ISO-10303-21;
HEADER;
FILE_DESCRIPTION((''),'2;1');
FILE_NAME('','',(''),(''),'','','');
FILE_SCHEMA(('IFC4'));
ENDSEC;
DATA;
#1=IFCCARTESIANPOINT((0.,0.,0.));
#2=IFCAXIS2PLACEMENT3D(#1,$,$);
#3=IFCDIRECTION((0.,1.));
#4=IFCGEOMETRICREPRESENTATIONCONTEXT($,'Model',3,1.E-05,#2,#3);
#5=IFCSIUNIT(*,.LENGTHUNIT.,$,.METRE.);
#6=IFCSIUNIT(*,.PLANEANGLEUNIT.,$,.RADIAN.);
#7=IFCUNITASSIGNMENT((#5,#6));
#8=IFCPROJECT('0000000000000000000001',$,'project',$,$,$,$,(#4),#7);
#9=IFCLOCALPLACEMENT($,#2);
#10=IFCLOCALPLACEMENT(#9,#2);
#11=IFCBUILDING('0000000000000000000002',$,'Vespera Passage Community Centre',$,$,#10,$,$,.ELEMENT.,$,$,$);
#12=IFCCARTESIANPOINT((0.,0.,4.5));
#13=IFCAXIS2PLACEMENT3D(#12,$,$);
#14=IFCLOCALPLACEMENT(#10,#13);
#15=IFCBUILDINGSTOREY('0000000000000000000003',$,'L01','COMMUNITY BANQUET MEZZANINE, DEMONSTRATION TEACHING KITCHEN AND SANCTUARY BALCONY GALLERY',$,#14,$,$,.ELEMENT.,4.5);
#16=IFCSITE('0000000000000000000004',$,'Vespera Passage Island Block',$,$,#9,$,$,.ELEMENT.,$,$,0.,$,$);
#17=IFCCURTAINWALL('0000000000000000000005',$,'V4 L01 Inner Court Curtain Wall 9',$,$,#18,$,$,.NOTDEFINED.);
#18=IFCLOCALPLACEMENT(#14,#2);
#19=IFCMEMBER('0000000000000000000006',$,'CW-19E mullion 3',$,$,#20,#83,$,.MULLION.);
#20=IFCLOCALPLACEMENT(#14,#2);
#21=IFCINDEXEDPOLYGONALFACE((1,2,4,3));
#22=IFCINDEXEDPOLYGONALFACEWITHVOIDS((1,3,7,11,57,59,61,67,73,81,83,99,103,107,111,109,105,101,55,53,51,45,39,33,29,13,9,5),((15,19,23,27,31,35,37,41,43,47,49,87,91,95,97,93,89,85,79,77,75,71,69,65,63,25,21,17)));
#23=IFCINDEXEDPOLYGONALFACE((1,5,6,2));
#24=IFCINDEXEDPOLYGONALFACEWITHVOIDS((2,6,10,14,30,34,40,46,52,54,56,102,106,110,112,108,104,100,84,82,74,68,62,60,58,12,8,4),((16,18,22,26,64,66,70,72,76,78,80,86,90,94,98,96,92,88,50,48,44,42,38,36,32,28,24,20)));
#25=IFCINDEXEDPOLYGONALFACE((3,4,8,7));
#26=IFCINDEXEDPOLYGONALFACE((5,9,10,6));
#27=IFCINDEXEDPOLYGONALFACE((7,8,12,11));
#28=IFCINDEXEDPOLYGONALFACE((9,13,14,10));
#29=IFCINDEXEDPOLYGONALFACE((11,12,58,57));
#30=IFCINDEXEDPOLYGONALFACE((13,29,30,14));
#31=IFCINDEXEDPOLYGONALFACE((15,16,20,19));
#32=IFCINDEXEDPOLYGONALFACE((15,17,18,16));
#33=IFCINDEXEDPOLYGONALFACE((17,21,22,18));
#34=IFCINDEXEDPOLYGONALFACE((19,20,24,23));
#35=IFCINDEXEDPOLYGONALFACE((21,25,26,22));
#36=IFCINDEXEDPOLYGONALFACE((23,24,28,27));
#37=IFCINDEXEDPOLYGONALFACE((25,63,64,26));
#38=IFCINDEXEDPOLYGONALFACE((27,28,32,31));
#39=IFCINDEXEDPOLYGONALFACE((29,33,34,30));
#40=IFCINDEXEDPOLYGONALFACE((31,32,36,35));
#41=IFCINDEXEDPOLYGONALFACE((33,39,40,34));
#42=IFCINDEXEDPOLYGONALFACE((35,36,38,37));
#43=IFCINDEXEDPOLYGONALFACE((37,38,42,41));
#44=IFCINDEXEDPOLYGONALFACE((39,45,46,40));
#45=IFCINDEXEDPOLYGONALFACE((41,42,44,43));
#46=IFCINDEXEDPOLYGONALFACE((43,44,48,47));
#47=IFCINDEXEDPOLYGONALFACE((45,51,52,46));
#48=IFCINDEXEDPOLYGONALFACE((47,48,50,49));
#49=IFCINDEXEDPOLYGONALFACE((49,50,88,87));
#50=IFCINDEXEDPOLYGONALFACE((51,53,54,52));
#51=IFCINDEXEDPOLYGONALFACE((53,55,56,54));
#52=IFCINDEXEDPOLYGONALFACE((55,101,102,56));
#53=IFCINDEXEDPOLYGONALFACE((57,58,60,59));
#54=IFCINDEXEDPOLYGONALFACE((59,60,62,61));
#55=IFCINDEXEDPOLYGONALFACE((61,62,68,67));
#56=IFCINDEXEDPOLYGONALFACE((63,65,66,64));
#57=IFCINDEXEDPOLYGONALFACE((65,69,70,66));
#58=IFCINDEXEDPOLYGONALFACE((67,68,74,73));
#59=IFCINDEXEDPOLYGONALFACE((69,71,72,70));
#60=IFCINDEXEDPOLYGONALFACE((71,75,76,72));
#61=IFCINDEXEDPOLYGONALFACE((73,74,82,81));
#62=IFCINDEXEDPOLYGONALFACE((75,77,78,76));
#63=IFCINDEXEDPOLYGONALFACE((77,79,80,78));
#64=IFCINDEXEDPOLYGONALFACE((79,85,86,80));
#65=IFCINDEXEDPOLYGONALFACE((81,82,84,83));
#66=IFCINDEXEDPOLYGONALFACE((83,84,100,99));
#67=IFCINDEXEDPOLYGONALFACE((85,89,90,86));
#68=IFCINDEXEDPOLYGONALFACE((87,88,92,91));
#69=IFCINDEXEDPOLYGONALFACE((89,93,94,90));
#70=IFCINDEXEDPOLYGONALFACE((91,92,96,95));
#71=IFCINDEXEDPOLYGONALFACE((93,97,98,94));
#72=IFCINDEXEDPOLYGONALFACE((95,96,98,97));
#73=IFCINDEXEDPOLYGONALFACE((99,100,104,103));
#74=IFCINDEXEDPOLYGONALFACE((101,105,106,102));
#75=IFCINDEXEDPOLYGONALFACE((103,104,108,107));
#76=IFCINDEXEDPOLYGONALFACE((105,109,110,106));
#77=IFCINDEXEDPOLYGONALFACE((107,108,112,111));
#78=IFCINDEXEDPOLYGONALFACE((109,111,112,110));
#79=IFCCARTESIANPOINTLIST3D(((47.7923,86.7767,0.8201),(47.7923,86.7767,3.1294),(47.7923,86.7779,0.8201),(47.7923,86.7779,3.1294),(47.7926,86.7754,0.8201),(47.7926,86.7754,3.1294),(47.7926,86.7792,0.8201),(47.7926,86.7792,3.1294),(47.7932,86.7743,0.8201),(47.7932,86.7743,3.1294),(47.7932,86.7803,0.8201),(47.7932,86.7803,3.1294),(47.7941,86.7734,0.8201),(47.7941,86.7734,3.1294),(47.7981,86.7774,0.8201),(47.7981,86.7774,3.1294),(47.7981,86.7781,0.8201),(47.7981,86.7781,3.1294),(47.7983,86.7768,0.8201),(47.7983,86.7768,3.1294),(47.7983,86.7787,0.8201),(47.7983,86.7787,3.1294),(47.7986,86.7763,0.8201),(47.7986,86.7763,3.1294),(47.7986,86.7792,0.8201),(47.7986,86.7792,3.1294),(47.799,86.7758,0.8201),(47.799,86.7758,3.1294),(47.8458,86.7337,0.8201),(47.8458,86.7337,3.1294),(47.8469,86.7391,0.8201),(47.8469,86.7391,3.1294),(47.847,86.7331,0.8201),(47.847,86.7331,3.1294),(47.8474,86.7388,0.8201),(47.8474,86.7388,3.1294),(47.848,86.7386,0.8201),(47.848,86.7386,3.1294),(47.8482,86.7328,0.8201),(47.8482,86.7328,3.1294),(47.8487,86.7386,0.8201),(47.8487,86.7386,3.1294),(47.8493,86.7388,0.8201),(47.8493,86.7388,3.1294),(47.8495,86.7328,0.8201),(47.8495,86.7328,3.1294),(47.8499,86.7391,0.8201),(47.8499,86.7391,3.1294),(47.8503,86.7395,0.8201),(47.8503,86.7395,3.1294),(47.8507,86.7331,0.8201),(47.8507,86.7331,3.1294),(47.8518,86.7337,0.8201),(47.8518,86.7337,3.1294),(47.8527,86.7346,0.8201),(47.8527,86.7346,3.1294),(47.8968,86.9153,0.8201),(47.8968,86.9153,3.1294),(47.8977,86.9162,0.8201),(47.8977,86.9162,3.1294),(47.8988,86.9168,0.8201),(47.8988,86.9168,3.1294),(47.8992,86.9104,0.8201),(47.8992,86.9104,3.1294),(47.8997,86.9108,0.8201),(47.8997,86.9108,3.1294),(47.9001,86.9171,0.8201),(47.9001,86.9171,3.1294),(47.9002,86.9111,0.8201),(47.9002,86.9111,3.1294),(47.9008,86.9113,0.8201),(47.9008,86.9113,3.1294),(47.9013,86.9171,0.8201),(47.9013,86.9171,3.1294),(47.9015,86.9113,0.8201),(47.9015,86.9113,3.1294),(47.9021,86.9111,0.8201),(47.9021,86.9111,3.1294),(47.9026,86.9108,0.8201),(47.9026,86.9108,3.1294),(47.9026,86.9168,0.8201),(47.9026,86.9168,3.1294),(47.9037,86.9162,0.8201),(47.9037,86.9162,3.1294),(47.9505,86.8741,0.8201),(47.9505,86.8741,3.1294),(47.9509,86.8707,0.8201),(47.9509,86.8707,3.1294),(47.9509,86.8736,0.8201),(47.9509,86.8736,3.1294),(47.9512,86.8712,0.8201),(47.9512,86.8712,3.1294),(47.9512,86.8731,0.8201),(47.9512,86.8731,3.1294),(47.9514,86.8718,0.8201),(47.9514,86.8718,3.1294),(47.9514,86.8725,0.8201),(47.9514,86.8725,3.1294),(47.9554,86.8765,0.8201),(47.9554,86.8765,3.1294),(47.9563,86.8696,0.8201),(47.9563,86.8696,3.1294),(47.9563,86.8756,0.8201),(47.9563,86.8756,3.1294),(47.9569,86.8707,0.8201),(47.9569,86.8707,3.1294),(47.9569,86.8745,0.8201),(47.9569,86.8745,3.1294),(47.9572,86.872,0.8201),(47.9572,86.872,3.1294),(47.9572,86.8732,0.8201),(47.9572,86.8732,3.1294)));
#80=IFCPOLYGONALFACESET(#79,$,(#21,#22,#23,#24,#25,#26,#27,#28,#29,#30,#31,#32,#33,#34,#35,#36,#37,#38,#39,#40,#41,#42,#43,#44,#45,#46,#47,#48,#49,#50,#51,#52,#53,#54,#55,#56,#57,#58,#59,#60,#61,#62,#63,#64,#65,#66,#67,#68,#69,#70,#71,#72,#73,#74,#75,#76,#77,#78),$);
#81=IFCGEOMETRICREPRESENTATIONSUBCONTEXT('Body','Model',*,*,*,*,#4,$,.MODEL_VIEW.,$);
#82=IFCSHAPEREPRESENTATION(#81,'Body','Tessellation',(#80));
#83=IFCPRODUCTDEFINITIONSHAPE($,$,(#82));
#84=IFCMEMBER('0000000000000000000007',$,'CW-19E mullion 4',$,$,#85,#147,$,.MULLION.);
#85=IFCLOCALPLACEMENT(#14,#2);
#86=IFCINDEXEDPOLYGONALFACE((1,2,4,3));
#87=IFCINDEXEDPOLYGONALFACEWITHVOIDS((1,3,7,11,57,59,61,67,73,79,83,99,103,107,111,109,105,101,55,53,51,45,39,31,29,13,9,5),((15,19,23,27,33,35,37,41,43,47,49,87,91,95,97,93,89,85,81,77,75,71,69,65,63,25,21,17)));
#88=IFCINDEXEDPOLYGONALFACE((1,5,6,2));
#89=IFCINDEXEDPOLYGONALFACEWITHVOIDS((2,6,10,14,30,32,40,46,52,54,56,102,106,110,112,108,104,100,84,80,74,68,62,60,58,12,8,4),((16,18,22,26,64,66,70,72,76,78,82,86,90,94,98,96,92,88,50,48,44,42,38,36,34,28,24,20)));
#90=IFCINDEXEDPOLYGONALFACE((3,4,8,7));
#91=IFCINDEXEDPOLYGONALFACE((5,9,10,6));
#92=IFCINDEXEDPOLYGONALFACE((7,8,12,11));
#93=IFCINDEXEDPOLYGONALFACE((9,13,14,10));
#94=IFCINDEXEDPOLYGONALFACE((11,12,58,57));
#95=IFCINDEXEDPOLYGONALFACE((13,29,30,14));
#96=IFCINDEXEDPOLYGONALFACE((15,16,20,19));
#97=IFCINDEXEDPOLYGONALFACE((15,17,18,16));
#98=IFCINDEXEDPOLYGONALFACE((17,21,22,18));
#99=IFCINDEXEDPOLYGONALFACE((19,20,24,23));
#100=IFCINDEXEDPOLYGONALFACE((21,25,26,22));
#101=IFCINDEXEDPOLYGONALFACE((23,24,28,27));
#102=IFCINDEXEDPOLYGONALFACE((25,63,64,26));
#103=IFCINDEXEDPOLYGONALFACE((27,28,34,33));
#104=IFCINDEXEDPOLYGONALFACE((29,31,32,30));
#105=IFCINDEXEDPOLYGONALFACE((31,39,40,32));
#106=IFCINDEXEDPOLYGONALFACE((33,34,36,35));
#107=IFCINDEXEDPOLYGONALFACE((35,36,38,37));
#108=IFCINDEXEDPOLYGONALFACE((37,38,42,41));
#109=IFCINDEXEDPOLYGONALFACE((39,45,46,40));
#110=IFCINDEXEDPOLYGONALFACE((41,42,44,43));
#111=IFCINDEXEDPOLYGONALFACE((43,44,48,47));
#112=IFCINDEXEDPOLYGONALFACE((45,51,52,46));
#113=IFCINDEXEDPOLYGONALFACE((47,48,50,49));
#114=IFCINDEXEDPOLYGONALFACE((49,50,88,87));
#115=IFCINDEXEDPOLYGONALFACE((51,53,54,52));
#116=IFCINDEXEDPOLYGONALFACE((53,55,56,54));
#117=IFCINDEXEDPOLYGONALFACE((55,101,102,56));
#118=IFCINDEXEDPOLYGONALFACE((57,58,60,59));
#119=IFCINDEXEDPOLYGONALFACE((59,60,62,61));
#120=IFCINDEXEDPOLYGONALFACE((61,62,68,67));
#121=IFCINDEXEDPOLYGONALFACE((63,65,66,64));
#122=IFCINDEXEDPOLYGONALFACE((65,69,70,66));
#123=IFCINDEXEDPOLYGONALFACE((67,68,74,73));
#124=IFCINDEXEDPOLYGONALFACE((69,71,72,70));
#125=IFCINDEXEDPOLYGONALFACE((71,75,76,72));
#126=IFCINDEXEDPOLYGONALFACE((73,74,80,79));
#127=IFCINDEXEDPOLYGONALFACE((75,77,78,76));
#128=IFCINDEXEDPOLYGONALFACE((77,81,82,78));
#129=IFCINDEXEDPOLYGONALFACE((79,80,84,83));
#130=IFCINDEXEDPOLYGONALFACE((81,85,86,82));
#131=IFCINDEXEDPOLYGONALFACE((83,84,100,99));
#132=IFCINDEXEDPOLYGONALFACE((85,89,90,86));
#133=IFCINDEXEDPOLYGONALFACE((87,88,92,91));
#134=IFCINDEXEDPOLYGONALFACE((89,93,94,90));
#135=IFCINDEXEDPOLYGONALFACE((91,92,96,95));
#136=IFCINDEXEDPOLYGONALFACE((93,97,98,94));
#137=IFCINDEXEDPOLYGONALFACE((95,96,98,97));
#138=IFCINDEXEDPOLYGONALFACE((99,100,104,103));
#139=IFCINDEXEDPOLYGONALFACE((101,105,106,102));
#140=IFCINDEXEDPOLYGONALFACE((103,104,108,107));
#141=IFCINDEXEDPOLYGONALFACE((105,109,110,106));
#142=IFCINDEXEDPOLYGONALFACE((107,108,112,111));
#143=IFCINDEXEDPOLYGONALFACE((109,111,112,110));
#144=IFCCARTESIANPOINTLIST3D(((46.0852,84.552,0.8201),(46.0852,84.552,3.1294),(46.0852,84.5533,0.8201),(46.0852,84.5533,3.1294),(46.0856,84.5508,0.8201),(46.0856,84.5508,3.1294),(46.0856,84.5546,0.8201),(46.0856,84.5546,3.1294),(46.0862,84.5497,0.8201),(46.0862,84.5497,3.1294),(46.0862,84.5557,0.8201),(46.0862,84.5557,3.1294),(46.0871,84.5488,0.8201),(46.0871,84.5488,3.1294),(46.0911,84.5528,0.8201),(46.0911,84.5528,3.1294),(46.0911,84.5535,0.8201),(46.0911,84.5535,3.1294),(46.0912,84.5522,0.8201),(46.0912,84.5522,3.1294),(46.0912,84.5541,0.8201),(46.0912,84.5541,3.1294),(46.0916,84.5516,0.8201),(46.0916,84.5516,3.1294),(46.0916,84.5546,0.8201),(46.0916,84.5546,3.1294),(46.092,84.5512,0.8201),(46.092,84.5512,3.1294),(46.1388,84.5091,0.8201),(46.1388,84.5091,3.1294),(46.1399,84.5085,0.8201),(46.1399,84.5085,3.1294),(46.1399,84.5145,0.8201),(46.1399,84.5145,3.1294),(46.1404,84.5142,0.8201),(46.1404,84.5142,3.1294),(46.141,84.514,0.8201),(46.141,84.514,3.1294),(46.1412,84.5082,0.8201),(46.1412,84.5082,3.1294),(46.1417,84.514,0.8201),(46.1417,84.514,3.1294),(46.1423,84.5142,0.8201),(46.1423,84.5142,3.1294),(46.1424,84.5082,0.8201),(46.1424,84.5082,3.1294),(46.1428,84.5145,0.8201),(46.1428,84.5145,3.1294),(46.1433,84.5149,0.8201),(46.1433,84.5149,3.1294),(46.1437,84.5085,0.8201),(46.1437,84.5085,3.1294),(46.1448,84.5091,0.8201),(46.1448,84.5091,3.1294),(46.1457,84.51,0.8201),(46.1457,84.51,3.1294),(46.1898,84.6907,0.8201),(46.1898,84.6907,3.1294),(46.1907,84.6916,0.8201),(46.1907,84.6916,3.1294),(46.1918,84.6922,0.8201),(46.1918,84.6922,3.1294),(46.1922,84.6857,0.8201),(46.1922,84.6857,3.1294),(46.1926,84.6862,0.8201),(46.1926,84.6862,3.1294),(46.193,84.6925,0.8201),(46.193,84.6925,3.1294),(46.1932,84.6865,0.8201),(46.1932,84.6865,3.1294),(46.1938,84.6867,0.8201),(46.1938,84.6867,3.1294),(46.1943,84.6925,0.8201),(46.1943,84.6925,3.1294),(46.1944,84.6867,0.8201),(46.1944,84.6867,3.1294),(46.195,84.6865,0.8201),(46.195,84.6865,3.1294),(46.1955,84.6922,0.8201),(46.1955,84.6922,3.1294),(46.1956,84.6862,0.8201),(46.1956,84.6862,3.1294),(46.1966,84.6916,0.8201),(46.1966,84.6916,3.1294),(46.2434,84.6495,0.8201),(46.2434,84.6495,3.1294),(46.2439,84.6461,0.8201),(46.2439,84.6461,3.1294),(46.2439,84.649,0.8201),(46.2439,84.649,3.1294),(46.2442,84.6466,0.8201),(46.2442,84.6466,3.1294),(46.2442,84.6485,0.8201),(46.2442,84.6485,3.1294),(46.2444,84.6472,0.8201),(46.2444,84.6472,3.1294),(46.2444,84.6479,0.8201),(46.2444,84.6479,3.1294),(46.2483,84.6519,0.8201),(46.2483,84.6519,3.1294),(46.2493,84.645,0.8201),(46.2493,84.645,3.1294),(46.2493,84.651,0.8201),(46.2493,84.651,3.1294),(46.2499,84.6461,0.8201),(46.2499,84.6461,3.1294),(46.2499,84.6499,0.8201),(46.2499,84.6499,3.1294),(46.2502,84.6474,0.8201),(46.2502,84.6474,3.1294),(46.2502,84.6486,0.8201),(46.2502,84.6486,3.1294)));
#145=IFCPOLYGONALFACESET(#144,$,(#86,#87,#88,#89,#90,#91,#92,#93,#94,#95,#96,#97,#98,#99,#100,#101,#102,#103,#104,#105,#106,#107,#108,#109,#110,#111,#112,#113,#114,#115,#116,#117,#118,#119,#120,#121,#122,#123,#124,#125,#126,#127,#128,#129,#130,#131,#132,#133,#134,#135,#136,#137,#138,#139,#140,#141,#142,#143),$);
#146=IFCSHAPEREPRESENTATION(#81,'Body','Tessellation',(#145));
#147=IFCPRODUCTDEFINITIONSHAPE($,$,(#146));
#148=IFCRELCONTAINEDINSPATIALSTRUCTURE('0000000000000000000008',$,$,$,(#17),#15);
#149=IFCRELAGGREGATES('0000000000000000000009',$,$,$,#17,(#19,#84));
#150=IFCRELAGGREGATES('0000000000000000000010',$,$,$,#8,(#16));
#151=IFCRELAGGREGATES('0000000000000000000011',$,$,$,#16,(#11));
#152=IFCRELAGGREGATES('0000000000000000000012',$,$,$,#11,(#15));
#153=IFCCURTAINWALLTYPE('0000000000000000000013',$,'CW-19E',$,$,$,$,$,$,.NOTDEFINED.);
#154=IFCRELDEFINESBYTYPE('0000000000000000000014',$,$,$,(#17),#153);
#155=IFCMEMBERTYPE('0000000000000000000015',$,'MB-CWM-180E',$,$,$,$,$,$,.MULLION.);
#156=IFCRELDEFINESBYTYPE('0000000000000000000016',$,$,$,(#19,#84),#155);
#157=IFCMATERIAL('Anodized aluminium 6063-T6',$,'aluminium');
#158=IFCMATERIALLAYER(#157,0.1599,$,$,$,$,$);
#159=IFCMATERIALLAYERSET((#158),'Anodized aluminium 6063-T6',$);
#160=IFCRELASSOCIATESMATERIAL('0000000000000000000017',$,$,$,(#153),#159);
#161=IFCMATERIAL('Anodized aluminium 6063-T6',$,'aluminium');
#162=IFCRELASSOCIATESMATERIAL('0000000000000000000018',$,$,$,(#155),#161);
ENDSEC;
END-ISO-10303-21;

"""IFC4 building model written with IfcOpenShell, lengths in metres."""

from ifc_helpers import new_model, si_unit, direction, frame, origin, origin_2d, place, context, subcontext, project, spatial, hollow_rectangle, extrude, material, layer, layer_set, material_profile, profile_set, type_object, element, aggregate, save


model = new_model("IFC4")

# Units and contexts
model_context = context("Model", 3, precision=1e-05, world=origin(), true_north=direction((0.0, 1.0)))
body_context = subcontext(model_context, "Body", "Model", "MODEL_VIEW")
ifc_project = project(units=[si_unit("LENGTHUNIT", "METRE"), si_unit("PLANEANGLEUNIT", "RADIAN")], contexts=[model_context])

# Site, building, storey
site_placement = place(None, origin())
site = spatial("IfcSite", under=ifc_project, at=site_placement, Name="Vespera Passage Island Block", CompositionType="ELEMENT", RefElevation=0.0)
building_placement = place(site_placement, origin())
building = spatial("IfcBuilding", under=site, at=building_placement, Name="Vespera Passage Community Centre", CompositionType="ELEMENT")
storey_placement = place(building_placement, frame((0.0, 0.0, 4.5)))
storey = spatial("IfcBuildingStorey", under=building, at=storey_placement, Name="L01", Description="COMMUNITY BANQUET MEZZANINE, DEMONSTRATION TEACHING KITCHEN AND SANCTUARY BALCONY GALLERY", CompositionType="ELEMENT", Elevation=4.5)

# Curtain wall, members
ifc_material_1 = material(Name="Anodized aluminium 6063-T6", Category="aluminium")
ifc_layer_1 = layer(ifc_material_1, 0.1599)
ifc_layer_set_1 = layer_set([ifc_layer_1], Name="Anodized aluminium 6063-T6")
curtain_wall_type_1 = type_object("IfcCurtainWallType", Name="CW-19E", PredefinedType="NOTDEFINED", material=ifc_layer_set_1)
curtain_wall_1_placement = place(storey_placement, origin())
curtain_wall_1 = element("IfcCurtainWall", 1, at=curtain_wall_1_placement, inside=storey, type_object=curtain_wall_type_1, Name="V4 L01 Inner Court Curtain Wall 9", PredefinedType="NOTDEFINED")
ifc_material_2 = material(Name="Anodized aluminium 6063-T6", Category="aluminium")
ifc_material_profile_1 = material_profile(ifc_material_2, hollow_rectangle(XDim=0.075, YDim=0.1799, WallThickness=0.0049, InnerFilletRadius=0.0024, OuterFilletRadius=0.0049, at=origin_2d()), Name="ALU180X75X5")
ifc_profile_set_1 = profile_set([ifc_material_profile_1], Name="Anodized aluminium 6063-T6")
member_type_1 = type_object("IfcMemberType", Name="MB-CWM-180E", PredefinedType="MULLION", material=ifc_profile_set_1)
member_1_placement = place(storey_placement, frame((47.8748, 86.825, 0.8201), z_axis=(0.0, 0.0, 1.0), x_axis=(0.793358, -0.608755, 0.0)))
member_1 = element("IfcMember", 2, at=member_1_placement, type_object=member_type_1, Name="CW-19E mullion 3", PredefinedType="MULLION", context=body_context, shape_type="SweptSolid", body=[
    extrude(hollow_rectangle(XDim=0.075, YDim=0.1799, WallThickness=0.0049, InnerFilletRadius=0.0024, OuterFilletRadius=0.0049, at=origin_2d()), origin(), (0.0, 0.0, 1.0), 2.3093),
])
member_2_placement = place(storey_placement, frame((46.1677, 84.6003, 0.8201), z_axis=(0.0, 0.0, 1.0), x_axis=(0.793358, -0.608755, 0.0)))
member_2 = element("IfcMember", 3, at=member_2_placement, type_object=member_type_1, Name="CW-19E mullion 4", PredefinedType="MULLION", context=body_context, shape_type="SweptSolid", body=[
    extrude(hollow_rectangle(XDim=0.075, YDim=0.1799, WallThickness=0.0049, InnerFilletRadius=0.0024, OuterFilletRadius=0.0049, at=origin_2d()), origin(), (0.0, 0.0, 1.0), 2.3093),
])

aggregate(curtain_wall_1, [member_1, member_2])

save(model, "model.ifc")
